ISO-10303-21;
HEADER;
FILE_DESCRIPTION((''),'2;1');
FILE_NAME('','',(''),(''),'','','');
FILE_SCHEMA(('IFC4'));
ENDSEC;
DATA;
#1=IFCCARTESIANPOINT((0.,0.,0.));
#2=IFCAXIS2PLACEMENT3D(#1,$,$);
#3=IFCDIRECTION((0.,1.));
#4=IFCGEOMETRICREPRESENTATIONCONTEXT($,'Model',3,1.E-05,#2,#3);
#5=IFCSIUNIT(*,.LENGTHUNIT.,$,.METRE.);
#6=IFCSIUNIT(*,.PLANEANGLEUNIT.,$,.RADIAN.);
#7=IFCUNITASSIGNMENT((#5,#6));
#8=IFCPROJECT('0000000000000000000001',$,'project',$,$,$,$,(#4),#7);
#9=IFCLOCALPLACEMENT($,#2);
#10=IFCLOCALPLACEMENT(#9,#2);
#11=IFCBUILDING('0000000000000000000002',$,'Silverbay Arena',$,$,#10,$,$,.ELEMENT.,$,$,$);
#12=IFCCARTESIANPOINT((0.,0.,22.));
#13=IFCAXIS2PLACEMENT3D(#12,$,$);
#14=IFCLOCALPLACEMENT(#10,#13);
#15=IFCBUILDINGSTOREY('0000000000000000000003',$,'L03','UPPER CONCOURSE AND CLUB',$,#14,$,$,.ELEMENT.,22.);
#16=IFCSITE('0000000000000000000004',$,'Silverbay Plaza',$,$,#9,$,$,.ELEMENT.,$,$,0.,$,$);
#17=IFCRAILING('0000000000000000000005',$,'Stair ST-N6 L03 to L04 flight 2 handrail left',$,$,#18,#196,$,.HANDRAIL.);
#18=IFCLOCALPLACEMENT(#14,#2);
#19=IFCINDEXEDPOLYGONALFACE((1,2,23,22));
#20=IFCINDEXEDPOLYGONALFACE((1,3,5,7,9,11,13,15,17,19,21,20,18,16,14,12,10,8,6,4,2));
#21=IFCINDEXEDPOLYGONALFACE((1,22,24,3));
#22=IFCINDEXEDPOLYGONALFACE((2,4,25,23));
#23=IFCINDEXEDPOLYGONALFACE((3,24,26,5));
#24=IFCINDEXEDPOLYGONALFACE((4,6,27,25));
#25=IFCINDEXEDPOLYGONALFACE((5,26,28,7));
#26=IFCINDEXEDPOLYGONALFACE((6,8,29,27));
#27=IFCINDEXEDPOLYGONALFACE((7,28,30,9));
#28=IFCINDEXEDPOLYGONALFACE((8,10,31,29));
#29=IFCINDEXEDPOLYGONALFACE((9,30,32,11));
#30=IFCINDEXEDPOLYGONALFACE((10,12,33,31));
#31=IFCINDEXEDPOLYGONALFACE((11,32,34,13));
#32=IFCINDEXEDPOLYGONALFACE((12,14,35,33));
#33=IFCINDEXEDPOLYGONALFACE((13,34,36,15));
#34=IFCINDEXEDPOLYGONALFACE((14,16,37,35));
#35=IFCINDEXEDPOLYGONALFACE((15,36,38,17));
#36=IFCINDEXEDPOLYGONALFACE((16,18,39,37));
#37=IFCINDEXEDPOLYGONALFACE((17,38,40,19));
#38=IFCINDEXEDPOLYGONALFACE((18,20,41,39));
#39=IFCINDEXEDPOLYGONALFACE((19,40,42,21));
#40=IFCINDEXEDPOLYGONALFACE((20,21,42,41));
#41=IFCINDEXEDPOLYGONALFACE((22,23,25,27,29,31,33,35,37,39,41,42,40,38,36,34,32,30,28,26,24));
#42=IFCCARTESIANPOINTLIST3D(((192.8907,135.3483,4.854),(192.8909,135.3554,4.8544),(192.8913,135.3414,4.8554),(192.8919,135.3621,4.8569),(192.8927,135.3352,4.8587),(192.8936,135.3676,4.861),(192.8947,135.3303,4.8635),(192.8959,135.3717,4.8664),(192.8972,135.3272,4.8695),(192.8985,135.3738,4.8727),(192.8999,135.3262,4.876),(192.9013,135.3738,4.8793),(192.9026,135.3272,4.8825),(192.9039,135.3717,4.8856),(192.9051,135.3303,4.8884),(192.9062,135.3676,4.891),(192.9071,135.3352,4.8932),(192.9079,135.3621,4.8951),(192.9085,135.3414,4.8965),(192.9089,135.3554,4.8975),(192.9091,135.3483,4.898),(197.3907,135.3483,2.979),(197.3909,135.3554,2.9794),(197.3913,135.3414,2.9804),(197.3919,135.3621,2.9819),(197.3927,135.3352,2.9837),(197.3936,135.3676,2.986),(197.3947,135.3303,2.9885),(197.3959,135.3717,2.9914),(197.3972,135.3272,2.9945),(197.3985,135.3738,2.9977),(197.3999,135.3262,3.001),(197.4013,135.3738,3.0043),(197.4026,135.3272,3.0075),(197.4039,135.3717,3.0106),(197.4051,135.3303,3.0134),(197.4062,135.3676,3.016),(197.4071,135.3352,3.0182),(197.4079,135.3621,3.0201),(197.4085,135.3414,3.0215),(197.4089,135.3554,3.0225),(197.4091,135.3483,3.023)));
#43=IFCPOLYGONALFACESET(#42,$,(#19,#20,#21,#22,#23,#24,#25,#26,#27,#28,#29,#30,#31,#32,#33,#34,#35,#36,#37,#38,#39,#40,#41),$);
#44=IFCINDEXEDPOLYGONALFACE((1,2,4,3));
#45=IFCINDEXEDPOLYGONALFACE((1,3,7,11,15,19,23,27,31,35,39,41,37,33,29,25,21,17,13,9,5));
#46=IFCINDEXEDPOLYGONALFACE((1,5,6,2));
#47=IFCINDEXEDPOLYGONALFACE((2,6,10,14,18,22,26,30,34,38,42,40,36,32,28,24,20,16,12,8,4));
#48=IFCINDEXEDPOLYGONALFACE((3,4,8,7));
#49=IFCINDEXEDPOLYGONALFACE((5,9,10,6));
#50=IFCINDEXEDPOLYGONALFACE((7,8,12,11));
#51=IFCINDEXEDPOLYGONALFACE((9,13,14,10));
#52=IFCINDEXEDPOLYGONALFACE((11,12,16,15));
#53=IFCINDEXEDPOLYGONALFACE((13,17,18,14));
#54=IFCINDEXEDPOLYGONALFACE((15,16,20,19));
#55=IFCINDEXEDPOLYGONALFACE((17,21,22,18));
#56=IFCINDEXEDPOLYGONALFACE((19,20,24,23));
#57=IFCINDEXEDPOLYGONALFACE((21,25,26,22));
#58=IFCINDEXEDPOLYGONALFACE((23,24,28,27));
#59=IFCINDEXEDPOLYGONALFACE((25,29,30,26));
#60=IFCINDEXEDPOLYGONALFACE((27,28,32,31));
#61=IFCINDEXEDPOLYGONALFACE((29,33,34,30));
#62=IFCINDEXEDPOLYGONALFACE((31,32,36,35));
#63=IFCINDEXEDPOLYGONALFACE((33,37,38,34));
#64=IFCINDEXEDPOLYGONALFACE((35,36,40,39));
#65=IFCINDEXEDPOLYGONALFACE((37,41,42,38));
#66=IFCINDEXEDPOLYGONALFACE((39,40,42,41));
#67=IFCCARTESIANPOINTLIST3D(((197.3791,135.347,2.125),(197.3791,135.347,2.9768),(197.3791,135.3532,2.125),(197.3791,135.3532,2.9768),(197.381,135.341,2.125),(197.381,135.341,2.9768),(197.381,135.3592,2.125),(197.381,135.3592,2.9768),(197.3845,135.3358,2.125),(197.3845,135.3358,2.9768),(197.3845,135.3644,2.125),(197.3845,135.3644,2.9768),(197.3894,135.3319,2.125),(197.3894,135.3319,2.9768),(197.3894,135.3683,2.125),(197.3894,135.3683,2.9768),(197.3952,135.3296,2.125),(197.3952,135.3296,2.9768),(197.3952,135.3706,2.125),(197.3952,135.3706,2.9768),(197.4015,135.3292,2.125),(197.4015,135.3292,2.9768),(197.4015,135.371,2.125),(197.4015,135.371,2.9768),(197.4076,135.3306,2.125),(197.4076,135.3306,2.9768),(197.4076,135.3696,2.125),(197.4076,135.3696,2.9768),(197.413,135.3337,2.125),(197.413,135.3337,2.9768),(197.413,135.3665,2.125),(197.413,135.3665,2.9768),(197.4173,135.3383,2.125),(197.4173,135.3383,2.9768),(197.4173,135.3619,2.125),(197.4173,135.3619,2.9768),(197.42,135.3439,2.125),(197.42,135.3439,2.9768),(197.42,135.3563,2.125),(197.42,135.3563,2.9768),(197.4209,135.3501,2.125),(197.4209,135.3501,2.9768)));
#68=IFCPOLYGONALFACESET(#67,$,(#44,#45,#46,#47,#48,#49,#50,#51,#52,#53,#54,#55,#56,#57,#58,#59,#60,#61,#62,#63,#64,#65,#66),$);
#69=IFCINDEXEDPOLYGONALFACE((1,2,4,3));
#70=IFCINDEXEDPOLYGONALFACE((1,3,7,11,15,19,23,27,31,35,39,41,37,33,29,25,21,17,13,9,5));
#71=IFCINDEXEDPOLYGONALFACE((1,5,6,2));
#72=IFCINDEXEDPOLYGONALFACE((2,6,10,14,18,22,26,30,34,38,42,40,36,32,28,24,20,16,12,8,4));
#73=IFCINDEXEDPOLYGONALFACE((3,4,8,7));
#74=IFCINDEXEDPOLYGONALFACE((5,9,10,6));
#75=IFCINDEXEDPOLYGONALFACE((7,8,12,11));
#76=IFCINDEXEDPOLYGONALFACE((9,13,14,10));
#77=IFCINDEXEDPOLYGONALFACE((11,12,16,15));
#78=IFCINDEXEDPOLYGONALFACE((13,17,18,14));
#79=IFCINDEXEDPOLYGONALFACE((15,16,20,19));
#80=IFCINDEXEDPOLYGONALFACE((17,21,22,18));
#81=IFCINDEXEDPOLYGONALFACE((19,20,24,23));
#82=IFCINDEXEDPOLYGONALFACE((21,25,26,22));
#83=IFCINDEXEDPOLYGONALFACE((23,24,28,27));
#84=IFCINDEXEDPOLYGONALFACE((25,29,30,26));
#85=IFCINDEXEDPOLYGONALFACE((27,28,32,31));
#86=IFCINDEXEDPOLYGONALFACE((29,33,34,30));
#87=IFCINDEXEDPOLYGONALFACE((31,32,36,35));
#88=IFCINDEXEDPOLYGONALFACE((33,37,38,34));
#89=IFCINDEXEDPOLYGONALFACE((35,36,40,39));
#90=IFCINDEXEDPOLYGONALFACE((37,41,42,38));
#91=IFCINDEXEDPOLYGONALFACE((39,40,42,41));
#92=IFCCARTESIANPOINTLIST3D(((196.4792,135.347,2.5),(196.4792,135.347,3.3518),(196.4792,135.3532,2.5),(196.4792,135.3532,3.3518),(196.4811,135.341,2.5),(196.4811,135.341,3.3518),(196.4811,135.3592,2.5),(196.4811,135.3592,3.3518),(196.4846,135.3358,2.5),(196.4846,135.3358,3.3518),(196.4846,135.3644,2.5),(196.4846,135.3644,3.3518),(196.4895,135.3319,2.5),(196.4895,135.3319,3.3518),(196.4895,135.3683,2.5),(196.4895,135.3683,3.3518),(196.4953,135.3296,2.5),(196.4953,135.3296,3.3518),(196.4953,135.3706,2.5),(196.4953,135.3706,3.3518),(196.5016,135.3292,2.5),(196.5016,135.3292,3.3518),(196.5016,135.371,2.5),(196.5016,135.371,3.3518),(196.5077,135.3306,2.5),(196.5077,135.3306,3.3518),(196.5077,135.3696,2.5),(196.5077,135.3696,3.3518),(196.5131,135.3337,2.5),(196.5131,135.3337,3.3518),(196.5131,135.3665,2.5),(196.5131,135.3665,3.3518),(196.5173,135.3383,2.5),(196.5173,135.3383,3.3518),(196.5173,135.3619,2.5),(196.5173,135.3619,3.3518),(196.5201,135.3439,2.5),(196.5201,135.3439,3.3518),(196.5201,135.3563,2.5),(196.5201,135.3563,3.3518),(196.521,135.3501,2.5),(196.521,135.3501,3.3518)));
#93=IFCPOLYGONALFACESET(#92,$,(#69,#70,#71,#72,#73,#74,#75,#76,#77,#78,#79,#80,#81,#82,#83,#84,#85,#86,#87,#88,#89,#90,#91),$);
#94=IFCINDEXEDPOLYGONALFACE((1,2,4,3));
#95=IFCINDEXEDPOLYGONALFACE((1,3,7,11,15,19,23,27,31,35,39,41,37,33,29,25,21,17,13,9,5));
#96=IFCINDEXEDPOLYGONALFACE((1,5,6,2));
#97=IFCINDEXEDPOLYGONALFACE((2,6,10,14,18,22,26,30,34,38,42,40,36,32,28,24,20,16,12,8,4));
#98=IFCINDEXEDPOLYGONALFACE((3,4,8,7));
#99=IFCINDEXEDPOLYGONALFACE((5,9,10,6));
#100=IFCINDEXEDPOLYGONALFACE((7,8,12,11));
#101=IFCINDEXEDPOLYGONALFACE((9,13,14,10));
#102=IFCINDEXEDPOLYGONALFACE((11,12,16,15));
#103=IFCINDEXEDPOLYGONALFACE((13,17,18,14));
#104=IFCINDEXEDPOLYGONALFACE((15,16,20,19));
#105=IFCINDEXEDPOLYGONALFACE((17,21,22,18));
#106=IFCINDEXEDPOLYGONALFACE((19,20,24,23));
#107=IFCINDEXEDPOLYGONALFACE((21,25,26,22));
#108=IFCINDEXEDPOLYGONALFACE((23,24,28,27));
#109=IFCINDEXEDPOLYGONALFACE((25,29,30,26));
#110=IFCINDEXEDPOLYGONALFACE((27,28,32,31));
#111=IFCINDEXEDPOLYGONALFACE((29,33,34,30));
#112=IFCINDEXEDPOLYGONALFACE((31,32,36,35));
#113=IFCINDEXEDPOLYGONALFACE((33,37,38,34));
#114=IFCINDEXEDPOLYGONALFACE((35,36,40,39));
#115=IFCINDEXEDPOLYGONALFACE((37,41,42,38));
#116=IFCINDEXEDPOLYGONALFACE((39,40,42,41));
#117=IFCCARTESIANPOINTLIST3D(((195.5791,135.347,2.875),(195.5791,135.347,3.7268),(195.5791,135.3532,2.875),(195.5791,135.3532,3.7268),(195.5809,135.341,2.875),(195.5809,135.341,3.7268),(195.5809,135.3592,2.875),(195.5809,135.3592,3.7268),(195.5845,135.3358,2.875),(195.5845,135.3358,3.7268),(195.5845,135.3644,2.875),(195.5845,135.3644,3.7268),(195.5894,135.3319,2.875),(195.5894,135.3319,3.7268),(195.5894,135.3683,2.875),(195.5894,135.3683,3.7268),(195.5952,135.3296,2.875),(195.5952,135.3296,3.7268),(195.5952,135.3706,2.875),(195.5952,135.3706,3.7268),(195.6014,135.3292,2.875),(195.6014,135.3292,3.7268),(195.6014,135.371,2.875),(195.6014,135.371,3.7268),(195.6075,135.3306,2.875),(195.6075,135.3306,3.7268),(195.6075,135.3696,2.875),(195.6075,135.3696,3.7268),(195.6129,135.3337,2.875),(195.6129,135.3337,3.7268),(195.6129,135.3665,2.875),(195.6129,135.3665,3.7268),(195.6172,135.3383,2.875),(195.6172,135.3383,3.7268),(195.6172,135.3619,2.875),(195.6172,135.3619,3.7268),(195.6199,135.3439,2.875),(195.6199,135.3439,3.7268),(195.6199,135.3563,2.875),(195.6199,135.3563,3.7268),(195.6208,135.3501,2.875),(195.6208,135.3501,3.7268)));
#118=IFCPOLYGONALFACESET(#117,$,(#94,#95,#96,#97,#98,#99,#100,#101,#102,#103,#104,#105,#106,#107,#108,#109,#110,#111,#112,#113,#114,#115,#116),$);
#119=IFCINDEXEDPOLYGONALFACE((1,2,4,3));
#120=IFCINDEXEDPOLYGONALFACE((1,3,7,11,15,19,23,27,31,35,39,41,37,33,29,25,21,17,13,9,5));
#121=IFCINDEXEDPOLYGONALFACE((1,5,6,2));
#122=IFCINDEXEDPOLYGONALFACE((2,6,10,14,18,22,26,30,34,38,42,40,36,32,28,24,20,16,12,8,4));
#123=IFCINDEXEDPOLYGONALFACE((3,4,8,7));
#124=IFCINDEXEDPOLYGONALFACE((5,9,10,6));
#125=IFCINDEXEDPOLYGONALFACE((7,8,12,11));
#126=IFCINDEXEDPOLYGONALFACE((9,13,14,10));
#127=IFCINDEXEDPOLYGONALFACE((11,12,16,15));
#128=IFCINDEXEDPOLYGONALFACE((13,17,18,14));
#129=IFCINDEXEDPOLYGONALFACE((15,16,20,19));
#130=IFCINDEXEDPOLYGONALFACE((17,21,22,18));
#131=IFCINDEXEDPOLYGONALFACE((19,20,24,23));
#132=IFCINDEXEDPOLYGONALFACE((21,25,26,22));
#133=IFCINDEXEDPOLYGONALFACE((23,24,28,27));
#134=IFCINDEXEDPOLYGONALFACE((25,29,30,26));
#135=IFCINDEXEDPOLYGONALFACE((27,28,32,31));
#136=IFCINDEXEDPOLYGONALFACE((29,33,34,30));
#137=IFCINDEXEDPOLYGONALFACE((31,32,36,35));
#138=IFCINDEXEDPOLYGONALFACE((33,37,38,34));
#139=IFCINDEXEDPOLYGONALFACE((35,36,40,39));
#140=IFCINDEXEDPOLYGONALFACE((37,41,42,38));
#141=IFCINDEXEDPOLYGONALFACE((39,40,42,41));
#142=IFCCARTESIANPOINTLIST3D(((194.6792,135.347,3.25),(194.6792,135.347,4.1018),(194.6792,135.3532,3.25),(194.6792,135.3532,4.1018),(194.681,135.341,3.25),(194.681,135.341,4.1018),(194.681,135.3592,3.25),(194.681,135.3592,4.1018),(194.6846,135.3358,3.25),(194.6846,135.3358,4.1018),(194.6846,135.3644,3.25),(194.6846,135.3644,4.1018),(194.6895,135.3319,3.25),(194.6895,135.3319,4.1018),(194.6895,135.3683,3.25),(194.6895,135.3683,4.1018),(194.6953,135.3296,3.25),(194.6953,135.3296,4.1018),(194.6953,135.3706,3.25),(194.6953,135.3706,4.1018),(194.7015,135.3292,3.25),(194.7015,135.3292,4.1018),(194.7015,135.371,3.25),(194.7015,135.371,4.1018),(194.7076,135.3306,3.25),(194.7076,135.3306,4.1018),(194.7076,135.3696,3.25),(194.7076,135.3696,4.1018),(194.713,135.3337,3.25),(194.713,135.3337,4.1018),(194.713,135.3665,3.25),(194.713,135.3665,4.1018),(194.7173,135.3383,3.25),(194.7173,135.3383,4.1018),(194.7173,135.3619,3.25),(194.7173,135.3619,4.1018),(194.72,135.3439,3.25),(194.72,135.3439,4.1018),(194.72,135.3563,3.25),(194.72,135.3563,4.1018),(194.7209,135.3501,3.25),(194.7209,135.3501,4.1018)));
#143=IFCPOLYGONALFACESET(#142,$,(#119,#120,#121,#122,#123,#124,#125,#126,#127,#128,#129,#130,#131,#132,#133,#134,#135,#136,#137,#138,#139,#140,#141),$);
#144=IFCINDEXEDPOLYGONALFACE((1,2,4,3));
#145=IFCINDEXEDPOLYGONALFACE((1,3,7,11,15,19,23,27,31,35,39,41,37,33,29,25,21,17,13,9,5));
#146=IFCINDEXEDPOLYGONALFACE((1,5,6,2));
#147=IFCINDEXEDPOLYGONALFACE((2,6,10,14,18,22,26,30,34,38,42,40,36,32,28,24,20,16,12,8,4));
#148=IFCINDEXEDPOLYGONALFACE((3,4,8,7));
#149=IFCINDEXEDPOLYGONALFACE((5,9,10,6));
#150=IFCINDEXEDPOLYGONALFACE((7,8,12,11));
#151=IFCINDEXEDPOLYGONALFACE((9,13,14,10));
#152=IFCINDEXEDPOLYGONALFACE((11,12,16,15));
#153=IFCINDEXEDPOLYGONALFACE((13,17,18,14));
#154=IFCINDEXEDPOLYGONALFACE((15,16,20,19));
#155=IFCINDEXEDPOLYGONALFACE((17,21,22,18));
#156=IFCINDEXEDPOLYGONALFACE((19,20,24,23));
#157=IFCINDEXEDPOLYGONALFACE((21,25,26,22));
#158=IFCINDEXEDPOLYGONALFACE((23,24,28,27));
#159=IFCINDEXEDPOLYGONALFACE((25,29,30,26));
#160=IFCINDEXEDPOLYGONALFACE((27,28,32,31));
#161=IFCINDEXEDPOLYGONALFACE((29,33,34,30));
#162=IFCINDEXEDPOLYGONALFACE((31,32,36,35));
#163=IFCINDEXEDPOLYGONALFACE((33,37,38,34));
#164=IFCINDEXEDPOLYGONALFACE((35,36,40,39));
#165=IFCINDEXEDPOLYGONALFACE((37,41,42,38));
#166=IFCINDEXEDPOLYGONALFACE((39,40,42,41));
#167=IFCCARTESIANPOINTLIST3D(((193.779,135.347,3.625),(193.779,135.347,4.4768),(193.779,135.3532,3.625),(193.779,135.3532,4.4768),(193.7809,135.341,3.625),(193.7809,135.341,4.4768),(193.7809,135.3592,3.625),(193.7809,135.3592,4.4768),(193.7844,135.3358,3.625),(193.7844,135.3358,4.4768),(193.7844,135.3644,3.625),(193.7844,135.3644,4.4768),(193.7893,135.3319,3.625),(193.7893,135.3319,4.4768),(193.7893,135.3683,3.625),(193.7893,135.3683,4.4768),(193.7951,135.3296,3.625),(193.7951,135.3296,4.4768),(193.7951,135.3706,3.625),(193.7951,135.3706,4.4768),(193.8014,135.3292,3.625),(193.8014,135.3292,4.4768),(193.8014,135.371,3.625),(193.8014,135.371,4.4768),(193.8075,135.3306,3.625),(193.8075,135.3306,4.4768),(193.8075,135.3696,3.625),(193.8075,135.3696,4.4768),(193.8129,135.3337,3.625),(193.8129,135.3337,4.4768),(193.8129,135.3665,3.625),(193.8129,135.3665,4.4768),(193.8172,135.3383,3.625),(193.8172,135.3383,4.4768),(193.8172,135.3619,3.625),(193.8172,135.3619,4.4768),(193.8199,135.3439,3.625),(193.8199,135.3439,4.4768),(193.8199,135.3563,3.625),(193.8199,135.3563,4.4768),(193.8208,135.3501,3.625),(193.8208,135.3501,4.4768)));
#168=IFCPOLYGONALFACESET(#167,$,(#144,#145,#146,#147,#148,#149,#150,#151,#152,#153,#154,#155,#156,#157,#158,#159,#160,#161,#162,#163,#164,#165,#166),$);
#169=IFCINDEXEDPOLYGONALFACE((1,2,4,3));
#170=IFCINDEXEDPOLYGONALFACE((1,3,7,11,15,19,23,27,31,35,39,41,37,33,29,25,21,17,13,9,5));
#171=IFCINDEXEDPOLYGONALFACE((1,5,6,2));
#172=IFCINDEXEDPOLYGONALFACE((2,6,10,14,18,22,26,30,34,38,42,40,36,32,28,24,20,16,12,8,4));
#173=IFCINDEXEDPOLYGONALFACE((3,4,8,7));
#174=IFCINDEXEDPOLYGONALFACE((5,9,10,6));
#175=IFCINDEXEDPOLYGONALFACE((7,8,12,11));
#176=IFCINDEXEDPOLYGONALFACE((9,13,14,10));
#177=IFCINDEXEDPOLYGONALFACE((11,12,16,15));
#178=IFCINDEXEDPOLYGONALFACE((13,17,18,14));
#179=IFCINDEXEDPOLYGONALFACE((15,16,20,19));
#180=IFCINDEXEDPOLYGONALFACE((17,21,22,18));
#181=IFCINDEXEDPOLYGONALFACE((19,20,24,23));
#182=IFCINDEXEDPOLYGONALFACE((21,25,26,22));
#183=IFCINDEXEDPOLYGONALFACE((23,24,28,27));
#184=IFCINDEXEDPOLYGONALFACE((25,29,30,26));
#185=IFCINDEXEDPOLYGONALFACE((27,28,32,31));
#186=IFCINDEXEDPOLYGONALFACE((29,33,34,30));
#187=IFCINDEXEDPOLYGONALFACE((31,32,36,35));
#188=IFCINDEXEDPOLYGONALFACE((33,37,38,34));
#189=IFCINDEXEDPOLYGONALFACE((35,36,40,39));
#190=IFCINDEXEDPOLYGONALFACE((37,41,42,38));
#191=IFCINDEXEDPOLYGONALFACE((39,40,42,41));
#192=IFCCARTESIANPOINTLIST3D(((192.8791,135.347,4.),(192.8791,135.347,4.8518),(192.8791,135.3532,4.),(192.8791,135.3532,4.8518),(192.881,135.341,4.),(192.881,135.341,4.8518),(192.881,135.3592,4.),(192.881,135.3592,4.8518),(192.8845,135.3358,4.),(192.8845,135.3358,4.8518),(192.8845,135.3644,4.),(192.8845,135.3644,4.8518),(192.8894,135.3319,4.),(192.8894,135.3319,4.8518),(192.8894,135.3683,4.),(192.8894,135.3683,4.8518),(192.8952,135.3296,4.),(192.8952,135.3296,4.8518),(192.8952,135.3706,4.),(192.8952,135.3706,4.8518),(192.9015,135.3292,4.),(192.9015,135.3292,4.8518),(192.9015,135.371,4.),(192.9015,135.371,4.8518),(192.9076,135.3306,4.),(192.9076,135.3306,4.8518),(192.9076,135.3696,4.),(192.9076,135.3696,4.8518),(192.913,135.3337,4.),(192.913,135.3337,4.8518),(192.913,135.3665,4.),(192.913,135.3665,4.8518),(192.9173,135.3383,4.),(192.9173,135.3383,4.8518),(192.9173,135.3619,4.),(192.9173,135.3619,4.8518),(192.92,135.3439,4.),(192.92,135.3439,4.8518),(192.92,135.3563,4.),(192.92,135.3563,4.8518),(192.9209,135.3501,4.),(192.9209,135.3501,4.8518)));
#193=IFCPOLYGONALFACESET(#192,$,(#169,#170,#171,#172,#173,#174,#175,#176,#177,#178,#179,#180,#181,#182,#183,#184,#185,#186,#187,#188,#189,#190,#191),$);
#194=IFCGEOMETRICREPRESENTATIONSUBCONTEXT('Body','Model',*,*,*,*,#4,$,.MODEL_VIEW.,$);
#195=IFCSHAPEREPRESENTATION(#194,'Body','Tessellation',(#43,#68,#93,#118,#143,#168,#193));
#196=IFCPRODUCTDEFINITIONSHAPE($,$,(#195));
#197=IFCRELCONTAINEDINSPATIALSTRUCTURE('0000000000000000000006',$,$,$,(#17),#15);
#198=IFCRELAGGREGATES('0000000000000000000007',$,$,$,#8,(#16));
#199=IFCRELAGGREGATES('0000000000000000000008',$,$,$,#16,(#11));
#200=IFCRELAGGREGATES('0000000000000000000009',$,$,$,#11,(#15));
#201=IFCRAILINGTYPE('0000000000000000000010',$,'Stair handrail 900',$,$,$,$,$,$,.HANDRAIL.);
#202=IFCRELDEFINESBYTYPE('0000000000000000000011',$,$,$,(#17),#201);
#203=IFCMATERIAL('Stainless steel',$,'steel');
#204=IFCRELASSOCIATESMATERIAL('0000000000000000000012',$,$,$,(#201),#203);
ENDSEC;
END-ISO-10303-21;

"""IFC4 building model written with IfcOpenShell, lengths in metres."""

from ifc_helpers import new_model, si_unit, direction, frame, origin, origin_2d, place, context, subcontext, project, spatial, circle, extrude, material, type_object, element, save


model = new_model("IFC4")

# Units and contexts
model_context = context("Model", 3, precision=1e-05, world=origin(), true_north=direction((0.0, 1.0)))
body_context = subcontext(model_context, "Body", "Model", "MODEL_VIEW")
ifc_project = project(units=[si_unit("LENGTHUNIT", "METRE"), si_unit("PLANEANGLEUNIT", "RADIAN")], contexts=[model_context])

# Site, building, storey
site_placement = place(None, origin())
site = spatial("IfcSite", under=ifc_project, at=site_placement, Name="Silverbay Plaza", CompositionType="ELEMENT", RefElevation=0.0)
building_placement = place(site_placement, origin())
building = spatial("IfcBuilding", under=site, at=building_placement, Name="Silverbay Arena", CompositionType="ELEMENT")
storey_placement = place(building_placement, frame((0.0, 0.0, 22.0)))
storey = spatial("IfcBuildingStorey", under=building, at=storey_placement, Name="L03", Description="UPPER CONCOURSE AND CLUB", CompositionType="ELEMENT", Elevation=22.0)

# Railing
ifc_material_1 = material(Name="Stainless steel", Category="steel")
railing_type_1 = type_object("IfcRailingType", Name="Stair handrail 900", PredefinedType="HANDRAIL", material=ifc_material_1)
railing_1_placement = place(storey_placement, frame((197.3999, 135.3501, 2.125)))
element("IfcRailing", 1, at=railing_1_placement, inside=storey, type_object=railing_type_1, Name="Stair ST-N6 L03 to L04 flight 2 handrail left", PredefinedType="HANDRAIL", context=body_context, shape_type="SweptSolid", body=[
    extrude(circle(Radius=0.0239, at=origin_2d()), frame((0.0, 0.0, 0.876), z_axis=(-0.923077, 0.0, 0.384615), x_axis=(0.0, -1.0, 0.0)), (0.0, 0.0, 1.0), 4.875),
    extrude(circle(Radius=0.021, at=origin_2d()), origin(), (0.0, 0.0, 1.0), 0.8518),
    extrude(circle(Radius=0.021, at=origin_2d()), frame((-0.8999, 0.0, 0.375)), (0.0, 0.0, 1.0), 0.8518),
    extrude(circle(Radius=0.021, at=origin_2d()), frame((-1.8, 0.0, 0.75)), (0.0, 0.0, 1.0), 0.8518),
    extrude(circle(Radius=0.021, at=origin_2d()), frame((-2.7, 0.0, 1.125)), (0.0, 0.0, 1.0), 0.8518),
    extrude(circle(Radius=0.021, at=origin_2d()), frame((-3.6001, 0.0, 1.5)), (0.0, 0.0, 1.0), 0.8518),
    extrude(circle(Radius=0.021, at=origin_2d()), frame((-4.5, 0.0, 1.875)), (0.0, 0.0, 1.0), 0.8518),
])

save(model, "model.ifc")
